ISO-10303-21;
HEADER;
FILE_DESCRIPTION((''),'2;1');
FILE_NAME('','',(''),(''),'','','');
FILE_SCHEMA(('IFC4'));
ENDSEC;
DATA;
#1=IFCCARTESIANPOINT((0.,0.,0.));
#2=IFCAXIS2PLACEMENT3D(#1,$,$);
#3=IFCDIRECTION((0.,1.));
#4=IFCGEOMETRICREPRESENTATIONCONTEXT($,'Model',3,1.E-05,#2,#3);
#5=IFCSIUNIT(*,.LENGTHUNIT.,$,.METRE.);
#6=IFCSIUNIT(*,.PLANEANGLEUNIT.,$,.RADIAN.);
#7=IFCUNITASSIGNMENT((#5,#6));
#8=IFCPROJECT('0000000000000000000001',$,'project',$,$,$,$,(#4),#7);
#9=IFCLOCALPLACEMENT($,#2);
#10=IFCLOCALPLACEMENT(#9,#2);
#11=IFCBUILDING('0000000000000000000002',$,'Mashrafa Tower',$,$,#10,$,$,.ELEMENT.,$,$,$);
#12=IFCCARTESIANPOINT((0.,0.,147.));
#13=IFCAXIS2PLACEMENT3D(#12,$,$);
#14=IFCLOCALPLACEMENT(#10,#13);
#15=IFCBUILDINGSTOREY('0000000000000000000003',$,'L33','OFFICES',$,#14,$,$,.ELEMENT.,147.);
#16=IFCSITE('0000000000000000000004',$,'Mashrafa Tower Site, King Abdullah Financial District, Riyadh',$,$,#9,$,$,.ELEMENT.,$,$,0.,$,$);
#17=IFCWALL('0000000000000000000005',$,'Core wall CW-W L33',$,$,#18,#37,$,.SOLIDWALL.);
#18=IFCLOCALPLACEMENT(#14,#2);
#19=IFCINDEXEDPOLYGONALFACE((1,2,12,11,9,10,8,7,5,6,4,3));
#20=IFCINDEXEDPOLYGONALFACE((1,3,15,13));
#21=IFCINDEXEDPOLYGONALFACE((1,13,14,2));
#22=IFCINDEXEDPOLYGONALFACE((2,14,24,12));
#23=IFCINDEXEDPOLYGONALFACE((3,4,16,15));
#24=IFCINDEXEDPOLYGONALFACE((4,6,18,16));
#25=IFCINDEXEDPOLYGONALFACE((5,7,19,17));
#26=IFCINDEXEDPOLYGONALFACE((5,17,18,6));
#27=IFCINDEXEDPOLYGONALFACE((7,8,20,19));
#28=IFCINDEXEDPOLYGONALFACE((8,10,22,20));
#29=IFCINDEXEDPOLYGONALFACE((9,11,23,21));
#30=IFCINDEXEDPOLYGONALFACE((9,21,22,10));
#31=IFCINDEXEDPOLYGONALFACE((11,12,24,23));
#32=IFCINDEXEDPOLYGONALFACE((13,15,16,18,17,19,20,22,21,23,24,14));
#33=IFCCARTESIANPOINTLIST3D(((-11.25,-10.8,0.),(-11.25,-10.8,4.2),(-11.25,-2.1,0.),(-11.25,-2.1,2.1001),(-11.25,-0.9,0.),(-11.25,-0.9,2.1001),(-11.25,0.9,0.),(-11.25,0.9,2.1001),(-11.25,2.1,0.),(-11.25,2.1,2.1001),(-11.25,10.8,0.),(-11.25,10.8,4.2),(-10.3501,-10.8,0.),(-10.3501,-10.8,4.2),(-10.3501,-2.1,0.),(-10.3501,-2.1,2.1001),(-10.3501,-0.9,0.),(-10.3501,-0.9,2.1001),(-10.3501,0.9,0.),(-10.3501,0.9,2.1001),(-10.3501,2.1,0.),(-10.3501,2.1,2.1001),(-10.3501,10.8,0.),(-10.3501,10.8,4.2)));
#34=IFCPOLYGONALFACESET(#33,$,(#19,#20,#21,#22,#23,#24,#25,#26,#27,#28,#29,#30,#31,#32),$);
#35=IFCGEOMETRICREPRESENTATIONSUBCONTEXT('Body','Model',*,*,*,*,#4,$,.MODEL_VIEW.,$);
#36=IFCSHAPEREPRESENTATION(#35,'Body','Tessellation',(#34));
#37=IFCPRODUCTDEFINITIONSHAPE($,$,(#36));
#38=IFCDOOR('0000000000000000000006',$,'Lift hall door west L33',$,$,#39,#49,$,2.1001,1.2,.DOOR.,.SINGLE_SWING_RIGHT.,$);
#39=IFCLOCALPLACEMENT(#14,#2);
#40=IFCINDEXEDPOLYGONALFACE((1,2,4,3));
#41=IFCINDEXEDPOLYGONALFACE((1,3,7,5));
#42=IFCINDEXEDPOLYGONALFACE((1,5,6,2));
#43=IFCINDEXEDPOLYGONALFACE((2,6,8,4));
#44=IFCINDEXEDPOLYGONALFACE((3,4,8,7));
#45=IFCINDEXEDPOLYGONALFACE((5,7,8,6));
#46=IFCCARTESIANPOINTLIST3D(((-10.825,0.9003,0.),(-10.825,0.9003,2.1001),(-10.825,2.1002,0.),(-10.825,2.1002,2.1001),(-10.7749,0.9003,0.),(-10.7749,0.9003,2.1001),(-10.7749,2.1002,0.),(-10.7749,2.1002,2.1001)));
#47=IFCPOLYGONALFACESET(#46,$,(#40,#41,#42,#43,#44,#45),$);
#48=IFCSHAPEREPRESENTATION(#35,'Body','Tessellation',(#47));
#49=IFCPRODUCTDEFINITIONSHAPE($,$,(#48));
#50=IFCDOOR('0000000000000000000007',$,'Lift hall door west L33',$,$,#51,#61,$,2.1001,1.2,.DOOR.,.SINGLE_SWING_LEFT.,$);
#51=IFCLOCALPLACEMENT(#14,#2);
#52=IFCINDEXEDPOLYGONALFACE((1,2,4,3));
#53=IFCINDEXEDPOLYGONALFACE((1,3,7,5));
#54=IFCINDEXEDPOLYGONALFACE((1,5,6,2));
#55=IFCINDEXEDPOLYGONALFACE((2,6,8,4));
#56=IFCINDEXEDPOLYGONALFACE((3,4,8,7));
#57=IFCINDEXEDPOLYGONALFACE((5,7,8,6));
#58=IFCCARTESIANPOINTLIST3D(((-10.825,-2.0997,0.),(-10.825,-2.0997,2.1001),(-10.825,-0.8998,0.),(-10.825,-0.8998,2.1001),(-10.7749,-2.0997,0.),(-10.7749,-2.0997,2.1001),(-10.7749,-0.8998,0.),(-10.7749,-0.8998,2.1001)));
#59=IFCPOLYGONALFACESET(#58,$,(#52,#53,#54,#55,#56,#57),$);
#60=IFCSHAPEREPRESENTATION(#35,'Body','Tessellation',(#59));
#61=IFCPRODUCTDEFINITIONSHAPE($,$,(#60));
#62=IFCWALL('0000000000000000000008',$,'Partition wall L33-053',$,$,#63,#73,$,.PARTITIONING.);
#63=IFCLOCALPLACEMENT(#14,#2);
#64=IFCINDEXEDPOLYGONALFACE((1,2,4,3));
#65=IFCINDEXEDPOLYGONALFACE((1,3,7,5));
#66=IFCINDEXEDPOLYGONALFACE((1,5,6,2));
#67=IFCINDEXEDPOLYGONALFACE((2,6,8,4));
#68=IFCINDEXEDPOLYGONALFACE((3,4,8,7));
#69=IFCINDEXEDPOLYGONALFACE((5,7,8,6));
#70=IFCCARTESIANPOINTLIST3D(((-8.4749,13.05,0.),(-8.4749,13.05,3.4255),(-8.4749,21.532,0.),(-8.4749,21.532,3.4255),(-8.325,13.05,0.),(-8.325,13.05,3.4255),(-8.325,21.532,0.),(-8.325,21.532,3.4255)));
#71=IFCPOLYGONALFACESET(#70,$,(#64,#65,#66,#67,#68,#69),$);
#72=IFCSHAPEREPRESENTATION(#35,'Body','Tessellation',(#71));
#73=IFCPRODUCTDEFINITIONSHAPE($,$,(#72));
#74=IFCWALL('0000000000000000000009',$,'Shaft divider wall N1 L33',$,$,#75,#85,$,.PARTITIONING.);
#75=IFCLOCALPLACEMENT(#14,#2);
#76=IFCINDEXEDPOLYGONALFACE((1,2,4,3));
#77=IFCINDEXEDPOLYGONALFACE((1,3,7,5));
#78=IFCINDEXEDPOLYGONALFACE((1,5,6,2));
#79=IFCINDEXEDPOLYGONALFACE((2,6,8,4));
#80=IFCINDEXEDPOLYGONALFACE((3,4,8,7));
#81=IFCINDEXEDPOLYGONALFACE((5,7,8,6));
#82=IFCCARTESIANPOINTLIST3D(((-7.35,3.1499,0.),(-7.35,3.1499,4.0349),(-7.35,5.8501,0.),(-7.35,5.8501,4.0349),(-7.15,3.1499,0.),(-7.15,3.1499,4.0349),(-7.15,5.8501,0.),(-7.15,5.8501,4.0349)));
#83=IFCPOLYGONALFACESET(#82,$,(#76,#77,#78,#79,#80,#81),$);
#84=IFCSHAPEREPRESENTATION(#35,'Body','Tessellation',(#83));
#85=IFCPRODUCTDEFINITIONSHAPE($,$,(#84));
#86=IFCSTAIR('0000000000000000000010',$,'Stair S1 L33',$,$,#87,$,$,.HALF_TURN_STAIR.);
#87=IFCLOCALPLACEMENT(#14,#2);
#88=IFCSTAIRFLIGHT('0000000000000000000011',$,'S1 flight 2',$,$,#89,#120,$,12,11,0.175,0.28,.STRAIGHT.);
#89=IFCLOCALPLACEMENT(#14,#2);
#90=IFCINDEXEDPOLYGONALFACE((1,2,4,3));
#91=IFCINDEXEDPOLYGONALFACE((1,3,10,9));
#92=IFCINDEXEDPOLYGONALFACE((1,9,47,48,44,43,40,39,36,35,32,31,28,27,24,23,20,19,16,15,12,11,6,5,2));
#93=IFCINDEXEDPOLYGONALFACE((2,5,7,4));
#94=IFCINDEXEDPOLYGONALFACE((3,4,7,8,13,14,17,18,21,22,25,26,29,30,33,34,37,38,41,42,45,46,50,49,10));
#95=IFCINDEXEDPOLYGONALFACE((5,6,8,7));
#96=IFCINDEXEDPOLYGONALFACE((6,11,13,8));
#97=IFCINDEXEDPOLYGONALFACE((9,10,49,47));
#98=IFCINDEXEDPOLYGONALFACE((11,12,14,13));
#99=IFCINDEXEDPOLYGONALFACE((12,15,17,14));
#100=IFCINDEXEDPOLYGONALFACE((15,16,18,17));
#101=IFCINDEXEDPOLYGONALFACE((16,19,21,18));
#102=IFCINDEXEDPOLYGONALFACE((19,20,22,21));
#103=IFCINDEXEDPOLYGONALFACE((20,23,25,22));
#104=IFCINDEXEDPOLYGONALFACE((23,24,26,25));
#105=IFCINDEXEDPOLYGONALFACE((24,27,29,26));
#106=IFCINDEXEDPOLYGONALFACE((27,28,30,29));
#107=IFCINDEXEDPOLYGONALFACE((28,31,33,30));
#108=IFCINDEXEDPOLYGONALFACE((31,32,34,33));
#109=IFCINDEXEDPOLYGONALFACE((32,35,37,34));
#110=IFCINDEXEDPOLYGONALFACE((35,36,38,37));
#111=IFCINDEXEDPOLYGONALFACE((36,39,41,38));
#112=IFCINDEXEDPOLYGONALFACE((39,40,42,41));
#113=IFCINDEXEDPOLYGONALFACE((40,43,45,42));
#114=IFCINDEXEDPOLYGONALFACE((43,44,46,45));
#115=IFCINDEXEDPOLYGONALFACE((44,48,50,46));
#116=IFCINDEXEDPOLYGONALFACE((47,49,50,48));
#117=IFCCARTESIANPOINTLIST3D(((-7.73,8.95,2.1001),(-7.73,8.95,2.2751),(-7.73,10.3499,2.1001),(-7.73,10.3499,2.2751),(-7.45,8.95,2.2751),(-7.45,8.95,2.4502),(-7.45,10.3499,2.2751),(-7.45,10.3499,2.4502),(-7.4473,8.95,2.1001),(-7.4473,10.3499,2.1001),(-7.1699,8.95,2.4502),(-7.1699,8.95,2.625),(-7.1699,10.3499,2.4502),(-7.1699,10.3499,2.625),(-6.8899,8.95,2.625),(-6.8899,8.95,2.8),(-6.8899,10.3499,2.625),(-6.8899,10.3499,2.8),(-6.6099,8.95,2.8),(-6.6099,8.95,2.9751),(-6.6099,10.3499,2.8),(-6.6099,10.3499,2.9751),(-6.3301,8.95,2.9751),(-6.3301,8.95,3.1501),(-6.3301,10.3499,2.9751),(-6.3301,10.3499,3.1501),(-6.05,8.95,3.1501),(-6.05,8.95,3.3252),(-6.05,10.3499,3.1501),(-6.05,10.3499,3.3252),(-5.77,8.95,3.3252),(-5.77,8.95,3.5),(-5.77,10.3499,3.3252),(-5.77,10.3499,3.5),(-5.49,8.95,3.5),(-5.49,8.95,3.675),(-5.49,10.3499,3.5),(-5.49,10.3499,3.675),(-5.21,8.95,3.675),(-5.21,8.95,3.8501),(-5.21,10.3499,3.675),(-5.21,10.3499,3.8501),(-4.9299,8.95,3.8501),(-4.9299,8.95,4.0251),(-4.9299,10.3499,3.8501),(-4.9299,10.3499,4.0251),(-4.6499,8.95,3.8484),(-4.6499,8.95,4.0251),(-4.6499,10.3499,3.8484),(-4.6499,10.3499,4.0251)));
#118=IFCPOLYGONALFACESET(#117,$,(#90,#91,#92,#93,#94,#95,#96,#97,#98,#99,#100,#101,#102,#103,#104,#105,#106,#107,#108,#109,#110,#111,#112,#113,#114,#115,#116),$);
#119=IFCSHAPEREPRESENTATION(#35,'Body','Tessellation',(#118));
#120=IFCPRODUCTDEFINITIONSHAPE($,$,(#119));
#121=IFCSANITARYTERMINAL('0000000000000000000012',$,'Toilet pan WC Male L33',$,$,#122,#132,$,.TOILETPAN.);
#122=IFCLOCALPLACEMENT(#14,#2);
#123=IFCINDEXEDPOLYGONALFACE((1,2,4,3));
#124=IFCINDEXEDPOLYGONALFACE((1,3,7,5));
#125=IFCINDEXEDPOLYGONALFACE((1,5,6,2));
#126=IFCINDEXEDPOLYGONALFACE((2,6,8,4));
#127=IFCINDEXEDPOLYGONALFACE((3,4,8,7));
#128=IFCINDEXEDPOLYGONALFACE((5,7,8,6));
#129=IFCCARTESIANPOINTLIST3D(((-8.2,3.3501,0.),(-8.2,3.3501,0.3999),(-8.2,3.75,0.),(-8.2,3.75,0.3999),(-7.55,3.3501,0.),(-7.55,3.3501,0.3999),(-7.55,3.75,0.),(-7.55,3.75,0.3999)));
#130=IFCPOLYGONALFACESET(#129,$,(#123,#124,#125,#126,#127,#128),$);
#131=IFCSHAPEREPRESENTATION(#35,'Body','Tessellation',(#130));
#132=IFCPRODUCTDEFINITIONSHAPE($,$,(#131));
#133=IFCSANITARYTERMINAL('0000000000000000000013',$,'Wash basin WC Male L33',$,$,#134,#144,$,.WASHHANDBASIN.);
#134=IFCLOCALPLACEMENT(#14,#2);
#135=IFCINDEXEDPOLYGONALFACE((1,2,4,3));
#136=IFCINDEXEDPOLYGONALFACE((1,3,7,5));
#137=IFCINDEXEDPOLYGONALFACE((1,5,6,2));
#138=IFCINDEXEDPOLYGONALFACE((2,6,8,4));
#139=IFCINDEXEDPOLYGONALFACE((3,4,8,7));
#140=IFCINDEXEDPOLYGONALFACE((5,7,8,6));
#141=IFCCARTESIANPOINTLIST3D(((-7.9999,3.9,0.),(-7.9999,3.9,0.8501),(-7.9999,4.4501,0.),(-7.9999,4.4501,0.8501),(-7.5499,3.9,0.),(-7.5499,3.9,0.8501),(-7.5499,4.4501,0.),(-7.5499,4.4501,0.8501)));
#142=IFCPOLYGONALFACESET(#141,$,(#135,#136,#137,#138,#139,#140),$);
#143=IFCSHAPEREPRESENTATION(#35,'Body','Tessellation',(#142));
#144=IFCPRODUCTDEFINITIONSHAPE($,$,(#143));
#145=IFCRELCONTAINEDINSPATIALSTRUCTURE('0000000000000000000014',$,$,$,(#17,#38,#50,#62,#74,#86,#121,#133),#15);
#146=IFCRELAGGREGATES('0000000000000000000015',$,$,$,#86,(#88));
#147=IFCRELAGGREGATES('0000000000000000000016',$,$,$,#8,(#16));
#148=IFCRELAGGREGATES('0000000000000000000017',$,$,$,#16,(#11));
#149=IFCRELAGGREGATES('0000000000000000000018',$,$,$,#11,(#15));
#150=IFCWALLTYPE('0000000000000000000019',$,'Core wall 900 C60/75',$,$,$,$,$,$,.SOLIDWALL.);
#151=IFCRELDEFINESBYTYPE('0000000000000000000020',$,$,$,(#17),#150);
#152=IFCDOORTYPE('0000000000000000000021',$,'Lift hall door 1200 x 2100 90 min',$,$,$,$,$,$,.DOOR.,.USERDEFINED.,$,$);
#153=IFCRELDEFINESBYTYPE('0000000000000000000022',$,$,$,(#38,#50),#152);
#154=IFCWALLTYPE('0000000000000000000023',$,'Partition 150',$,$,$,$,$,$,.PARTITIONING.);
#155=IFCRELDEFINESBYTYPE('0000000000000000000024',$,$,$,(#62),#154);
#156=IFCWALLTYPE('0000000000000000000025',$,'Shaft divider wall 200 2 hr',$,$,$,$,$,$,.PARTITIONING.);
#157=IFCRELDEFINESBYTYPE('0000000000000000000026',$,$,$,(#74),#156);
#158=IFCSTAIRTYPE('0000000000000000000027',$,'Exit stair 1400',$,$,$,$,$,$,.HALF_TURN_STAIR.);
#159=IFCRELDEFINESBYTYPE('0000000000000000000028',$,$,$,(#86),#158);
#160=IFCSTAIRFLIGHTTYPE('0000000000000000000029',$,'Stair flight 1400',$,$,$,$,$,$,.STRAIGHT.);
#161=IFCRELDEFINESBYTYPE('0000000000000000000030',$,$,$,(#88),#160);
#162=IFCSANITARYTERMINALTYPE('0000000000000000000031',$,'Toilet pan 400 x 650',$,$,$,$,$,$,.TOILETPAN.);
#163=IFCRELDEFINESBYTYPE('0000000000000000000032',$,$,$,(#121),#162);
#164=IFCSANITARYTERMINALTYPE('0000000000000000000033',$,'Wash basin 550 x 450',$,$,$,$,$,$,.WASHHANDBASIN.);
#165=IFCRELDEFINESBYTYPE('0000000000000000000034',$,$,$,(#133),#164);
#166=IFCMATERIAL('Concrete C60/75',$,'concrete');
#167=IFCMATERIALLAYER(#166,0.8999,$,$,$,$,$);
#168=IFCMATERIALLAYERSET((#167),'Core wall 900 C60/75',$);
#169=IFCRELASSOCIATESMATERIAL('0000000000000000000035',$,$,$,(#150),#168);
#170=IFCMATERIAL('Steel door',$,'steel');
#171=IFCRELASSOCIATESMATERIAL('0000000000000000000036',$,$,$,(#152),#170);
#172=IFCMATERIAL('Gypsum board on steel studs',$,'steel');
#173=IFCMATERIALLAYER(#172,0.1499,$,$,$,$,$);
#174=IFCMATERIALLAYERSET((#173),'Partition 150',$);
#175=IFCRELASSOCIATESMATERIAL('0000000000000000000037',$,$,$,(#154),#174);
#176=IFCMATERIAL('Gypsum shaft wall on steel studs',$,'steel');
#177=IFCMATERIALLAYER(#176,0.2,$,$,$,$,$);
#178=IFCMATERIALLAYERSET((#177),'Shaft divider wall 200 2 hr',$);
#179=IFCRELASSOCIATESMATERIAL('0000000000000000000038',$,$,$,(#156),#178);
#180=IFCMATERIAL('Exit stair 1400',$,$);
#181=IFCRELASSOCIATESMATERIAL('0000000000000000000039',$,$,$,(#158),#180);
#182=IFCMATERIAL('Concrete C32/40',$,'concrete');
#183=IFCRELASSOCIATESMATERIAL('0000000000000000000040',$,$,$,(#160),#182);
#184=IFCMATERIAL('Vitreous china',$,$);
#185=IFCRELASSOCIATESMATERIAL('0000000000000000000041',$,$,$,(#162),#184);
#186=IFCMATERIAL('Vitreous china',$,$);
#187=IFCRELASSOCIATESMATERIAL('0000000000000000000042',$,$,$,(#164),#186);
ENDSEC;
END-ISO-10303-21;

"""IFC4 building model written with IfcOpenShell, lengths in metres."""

from ifc_helpers import new_model, si_unit, direction, frame, frame_2d, origin, origin_2d, place, context, subcontext, project, spatial, polyline, rectangle, outline, extrude, material, layer, layer_set, type_object, element, fill, aggregate, save


model = new_model("IFC4")

# Units and contexts
model_context = context("Model", 3, precision=1e-05, world=origin(), true_north=direction((0.0, 1.0)))
body_context = subcontext(model_context, "Body", "Model", "MODEL_VIEW")
ifc_project = project(units=[si_unit("LENGTHUNIT", "METRE"), si_unit("PLANEANGLEUNIT", "RADIAN")], contexts=[model_context])

# Site, building, storey
site_placement = place(None, origin())
site = spatial("IfcSite", under=ifc_project, at=site_placement, Name="Mashrafa Tower Site, King Abdullah Financial District, Riyadh", CompositionType="ELEMENT", RefElevation=0.0)
building_placement = place(site_placement, origin())
building = spatial("IfcBuilding", under=site, at=building_placement, Name="Mashrafa Tower", CompositionType="ELEMENT")
storey_placement = place(building_placement, frame((0.0, 0.0, 147.0)))
storey = spatial("IfcBuildingStorey", under=building, at=storey_placement, Name="L33", Description="OFFICES", CompositionType="ELEMENT", Elevation=147.0)

# Wall, openings, doors
ifc_material_1 = material(Name="Concrete C60/75", Category="concrete")
ifc_layer_1 = layer(ifc_material_1, 0.8999)
ifc_layer_set_1 = layer_set([ifc_layer_1], Name="Core wall 900 C60/75")
wall_type_1 = type_object("IfcWallType", Name="Core wall 900 C60/75", PredefinedType="SOLIDWALL", material=ifc_layer_set_1)
wall_1_placement = place(storey_placement, frame((-10.8, 10.8, 0.0), z_axis=(0.0, 0.0, 1.0), x_axis=(0.0, -1.0, 0.0)))
wall_1 = element("IfcWall", 1, at=wall_1_placement, inside=storey, type_object=wall_type_1, Name="Core wall CW-W L33", PredefinedType="SOLIDWALL", context=body_context, shape_type="SweptSolid", body=[
    extrude(rectangle(XDim=21.6001, YDim=0.8999, at=frame_2d((10.8, 0.0))), origin(), (0.0, 0.0, 1.0), 4.2),
])
opening_1_placement = place(wall_1_placement, frame((8.7, 0.0, 0.0)))
opening_1 = element("IfcOpeningElement", 2, at=opening_1_placement, cuts=wall_1, PredefinedType="OPENING", context=body_context, shape_type="SweptSolid", body=[
    extrude(rectangle(XDim=1.2, YDim=2.1001, at=frame_2d((0.6001, 1.05))), frame((0.0, 0.46, 0.0), z_axis=(0.0, -1.0, 0.0), x_axis=(1.0, 0.0, 0.0)), (0.0, 0.0, 1.0), 0.9199),
])
opening_2_placement = place(wall_1_placement, frame((11.7, 0.0, 0.0)))
opening_2 = element("IfcOpeningElement", 3, at=opening_2_placement, cuts=wall_1, PredefinedType="OPENING", context=body_context, shape_type="SweptSolid", body=[
    extrude(rectangle(XDim=1.2, YDim=2.1001, at=frame_2d((0.6001, 1.05))), frame((0.0, 0.46, 0.0), z_axis=(0.0, -1.0, 0.0), x_axis=(1.0, 0.0, 0.0)), (0.0, 0.0, 1.0), 0.9199),
])
ifc_material_2 = material(Name="Steel door", Category="steel")
door_type_1 = type_object("IfcDoorType", Name="Lift hall door 1200 x 2100 90 min", OperationType="USERDEFINED", PredefinedType="DOOR", material=ifc_material_2)
door_1_placement = place(opening_1_placement, frame((1.2, 0.0, 0.0), z_axis=(0.0, 0.0, 1.0), x_axis=(-1.0, 0.0, 0.0)))
door_1 = element("IfcDoor", 4, at=door_1_placement, inside=storey, type_object=door_type_1, Name="Lift hall door west L33", OperationType="SINGLE_SWING_RIGHT", OverallHeight=2.1001, OverallWidth=1.2, PredefinedType="DOOR", context=body_context, shape_type="SweptSolid", body=[
    extrude(rectangle(XDim=1.2, YDim=2.1001, at=frame_2d((0.6001, 1.05))), frame((0.0, 0.0249, 0.0), z_axis=(0.0, -1.0, 0.0), x_axis=(1.0, 0.0, 0.0)), (0.0, 0.0, 1.0), 0.05),
])
fill(opening_1, door_1)
door_2_placement = place(opening_2_placement, frame((1.2, 0.0, 0.0), z_axis=(0.0, 0.0, 1.0), x_axis=(-1.0, 0.0, 0.0)))
door_2 = element("IfcDoor", 5, at=door_2_placement, inside=storey, type_object=door_type_1, Name="Lift hall door west L33", OperationType="SINGLE_SWING_LEFT", OverallHeight=2.1001, OverallWidth=1.2, PredefinedType="DOOR", context=body_context, shape_type="SweptSolid", body=[
    extrude(rectangle(XDim=1.2, YDim=2.1001, at=frame_2d((0.6001, 1.05))), frame((0.0, 0.0249, 0.0), z_axis=(0.0, -1.0, 0.0), x_axis=(1.0, 0.0, 0.0)), (0.0, 0.0, 1.0), 0.05),
])
fill(opening_2, door_2)

# Walls
ifc_material_3 = material(Name="Gypsum board on steel studs", Category="steel")
ifc_layer_2 = layer(ifc_material_3, 0.1499)
ifc_layer_set_2 = layer_set([ifc_layer_2], Name="Partition 150")
wall_type_2 = type_object("IfcWallType", Name="Partition 150", PredefinedType="PARTITIONING", material=ifc_layer_set_2)
wall_2_placement = place(storey_placement, frame((-8.3999, 13.05, 0.0), z_axis=(0.0, 0.0, 1.0), x_axis=(0.0, 1.0, 0.0)))
element("IfcWall", 6, at=wall_2_placement, inside=storey, type_object=wall_type_2, Name="Partition wall L33-053", PredefinedType="PARTITIONING", context=body_context, shape_type="SweptSolid", body=[
    extrude(rectangle(XDim=8.4819, YDim=0.1499, at=frame_2d((4.241, 0.0))), origin(), (0.0, 0.0, 1.0), 3.4255),
])
ifc_material_4 = material(Name="Gypsum shaft wall on steel studs", Category="steel")
ifc_layer_3 = layer(ifc_material_4, 0.2)
ifc_layer_set_3 = layer_set([ifc_layer_3], Name="Shaft divider wall 200 2 hr")
wall_type_3 = type_object("IfcWallType", Name="Shaft divider wall 200 2 hr", PredefinedType="PARTITIONING", material=ifc_layer_set_3)
wall_3_placement = place(storey_placement, frame((-7.25, 3.1499, 0.0), z_axis=(0.0, 0.0, 1.0), x_axis=(0.0, 1.0, 0.0)))
element("IfcWall", 7, at=wall_3_placement, inside=storey, type_object=wall_type_3, Name="Shaft divider wall N1 L33", PredefinedType="PARTITIONING", context=body_context, shape_type="SweptSolid", body=[
    extrude(rectangle(XDim=2.7002, YDim=0.2, at=frame_2d((1.3501, 0.0))), origin(), (0.0, 0.0, 1.0), 4.0349),
])

# Stair, stair flight
ifc_material_5 = material(Name="Exit stair 1400")
stair_type = type_object("IfcStairType", Name="Exit stair 1400", PredefinedType="HALF_TURN_STAIR", material=ifc_material_5)
stair_placement = place(storey_placement, origin())
stair = element("IfcStair", 8, at=stair_placement, inside=storey, type_object=stair_type, Name="Stair S1 L33", PredefinedType="HALF_TURN_STAIR")
ifc_material_6 = material(Name="Concrete C32/40", Category="concrete")
stair_flight_type = type_object("IfcStairFlightType", Name="Stair flight 1400", PredefinedType="STRAIGHT", material=ifc_material_6)
stair_flight_placement = place(storey_placement, frame((-7.73, 9.6499, 2.1001), z_axis=(0.0, 0.0, 1.0), x_axis=(1.0, 0.0, 0.0)))
stair_flight = element("IfcStairFlight", 9, at=stair_flight_placement, type_object=stair_flight_type, Name="S1 flight 2", NumberOfRisers=12, NumberOfTreads=11, PredefinedType="STRAIGHT", RiserHeight=0.175, TreadLength=0.28, context=body_context, shape_type="SweptSolid", body=[
    extrude(outline(polyline([(0.0, 0.0), (0.0, 0.175), (0.28, 0.175), (0.28, 0.3501), (0.5601, 0.3501), (0.5601, 0.5249), (0.8401, 0.5249), (0.8401, 0.7), (1.1201, 0.7), (1.1201, 0.875), (1.3999, 0.875), (1.3999, 1.05), (1.6799, 1.05), (1.6799, 1.2251), (1.96, 1.2251), (1.96, 1.3999), (2.24, 1.3999), (2.24, 1.575), (2.52, 1.575), (2.52, 1.75), (2.8, 1.75), (2.8, 1.925), (3.0801, 1.925), (3.0801, 2.1001), (3.0801, 1.7483), (0.2827, 0.0), (0.0, 0.0)])), frame((0.0, 0.7, 0.0), z_axis=(0.0, -1.0, 0.0), x_axis=(1.0, 0.0, 0.0)), (0.0, 0.0, 1.0), 1.3999),
])
aggregate(stair, [stair_flight])

# Sanitary terminals
ifc_material_7 = material(Name="Vitreous china")
sanitary_terminal_type_1 = type_object("IfcSanitaryTerminalType", Name="Toilet pan 400 x 650", PredefinedType="TOILETPAN", material=ifc_material_7)
sanitary_terminal_1_placement = place(storey_placement, frame((-7.875, 3.55, 0.0), z_axis=(0.0, 0.0, 1.0), x_axis=(0.0, 1.0, 0.0)))
element("IfcSanitaryTerminal", 10, at=sanitary_terminal_1_placement, inside=storey, type_object=sanitary_terminal_type_1, Name="Toilet pan WC Male L33", PredefinedType="TOILETPAN", context=body_context, shape_type="SweptSolid", body=[
    extrude(rectangle(XDim=0.3999, YDim=0.6499, at=origin_2d()), origin(), (0.0, 0.0, 1.0), 0.3999),
])
ifc_material_8 = material(Name="Vitreous china")
sanitary_terminal_type_2 = type_object("IfcSanitaryTerminalType", Name="Wash basin 550 x 450", PredefinedType="WASHHANDBASIN", material=ifc_material_8)
sanitary_terminal_2_placement = place(storey_placement, frame((-7.7749, 4.175, 0.0), z_axis=(0.0, 0.0, 1.0), x_axis=(0.0, 1.0, 0.0)))
element("IfcSanitaryTerminal", 11, at=sanitary_terminal_2_placement, inside=storey, type_object=sanitary_terminal_type_2, Name="Wash basin WC Male L33", PredefinedType="WASHHANDBASIN", context=body_context, shape_type="SweptSolid", body=[
    extrude(rectangle(XDim=0.55, YDim=0.45, at=origin_2d()), origin(), (0.0, 0.0, 1.0), 0.8501),
])

save(model, "model.ifc")
